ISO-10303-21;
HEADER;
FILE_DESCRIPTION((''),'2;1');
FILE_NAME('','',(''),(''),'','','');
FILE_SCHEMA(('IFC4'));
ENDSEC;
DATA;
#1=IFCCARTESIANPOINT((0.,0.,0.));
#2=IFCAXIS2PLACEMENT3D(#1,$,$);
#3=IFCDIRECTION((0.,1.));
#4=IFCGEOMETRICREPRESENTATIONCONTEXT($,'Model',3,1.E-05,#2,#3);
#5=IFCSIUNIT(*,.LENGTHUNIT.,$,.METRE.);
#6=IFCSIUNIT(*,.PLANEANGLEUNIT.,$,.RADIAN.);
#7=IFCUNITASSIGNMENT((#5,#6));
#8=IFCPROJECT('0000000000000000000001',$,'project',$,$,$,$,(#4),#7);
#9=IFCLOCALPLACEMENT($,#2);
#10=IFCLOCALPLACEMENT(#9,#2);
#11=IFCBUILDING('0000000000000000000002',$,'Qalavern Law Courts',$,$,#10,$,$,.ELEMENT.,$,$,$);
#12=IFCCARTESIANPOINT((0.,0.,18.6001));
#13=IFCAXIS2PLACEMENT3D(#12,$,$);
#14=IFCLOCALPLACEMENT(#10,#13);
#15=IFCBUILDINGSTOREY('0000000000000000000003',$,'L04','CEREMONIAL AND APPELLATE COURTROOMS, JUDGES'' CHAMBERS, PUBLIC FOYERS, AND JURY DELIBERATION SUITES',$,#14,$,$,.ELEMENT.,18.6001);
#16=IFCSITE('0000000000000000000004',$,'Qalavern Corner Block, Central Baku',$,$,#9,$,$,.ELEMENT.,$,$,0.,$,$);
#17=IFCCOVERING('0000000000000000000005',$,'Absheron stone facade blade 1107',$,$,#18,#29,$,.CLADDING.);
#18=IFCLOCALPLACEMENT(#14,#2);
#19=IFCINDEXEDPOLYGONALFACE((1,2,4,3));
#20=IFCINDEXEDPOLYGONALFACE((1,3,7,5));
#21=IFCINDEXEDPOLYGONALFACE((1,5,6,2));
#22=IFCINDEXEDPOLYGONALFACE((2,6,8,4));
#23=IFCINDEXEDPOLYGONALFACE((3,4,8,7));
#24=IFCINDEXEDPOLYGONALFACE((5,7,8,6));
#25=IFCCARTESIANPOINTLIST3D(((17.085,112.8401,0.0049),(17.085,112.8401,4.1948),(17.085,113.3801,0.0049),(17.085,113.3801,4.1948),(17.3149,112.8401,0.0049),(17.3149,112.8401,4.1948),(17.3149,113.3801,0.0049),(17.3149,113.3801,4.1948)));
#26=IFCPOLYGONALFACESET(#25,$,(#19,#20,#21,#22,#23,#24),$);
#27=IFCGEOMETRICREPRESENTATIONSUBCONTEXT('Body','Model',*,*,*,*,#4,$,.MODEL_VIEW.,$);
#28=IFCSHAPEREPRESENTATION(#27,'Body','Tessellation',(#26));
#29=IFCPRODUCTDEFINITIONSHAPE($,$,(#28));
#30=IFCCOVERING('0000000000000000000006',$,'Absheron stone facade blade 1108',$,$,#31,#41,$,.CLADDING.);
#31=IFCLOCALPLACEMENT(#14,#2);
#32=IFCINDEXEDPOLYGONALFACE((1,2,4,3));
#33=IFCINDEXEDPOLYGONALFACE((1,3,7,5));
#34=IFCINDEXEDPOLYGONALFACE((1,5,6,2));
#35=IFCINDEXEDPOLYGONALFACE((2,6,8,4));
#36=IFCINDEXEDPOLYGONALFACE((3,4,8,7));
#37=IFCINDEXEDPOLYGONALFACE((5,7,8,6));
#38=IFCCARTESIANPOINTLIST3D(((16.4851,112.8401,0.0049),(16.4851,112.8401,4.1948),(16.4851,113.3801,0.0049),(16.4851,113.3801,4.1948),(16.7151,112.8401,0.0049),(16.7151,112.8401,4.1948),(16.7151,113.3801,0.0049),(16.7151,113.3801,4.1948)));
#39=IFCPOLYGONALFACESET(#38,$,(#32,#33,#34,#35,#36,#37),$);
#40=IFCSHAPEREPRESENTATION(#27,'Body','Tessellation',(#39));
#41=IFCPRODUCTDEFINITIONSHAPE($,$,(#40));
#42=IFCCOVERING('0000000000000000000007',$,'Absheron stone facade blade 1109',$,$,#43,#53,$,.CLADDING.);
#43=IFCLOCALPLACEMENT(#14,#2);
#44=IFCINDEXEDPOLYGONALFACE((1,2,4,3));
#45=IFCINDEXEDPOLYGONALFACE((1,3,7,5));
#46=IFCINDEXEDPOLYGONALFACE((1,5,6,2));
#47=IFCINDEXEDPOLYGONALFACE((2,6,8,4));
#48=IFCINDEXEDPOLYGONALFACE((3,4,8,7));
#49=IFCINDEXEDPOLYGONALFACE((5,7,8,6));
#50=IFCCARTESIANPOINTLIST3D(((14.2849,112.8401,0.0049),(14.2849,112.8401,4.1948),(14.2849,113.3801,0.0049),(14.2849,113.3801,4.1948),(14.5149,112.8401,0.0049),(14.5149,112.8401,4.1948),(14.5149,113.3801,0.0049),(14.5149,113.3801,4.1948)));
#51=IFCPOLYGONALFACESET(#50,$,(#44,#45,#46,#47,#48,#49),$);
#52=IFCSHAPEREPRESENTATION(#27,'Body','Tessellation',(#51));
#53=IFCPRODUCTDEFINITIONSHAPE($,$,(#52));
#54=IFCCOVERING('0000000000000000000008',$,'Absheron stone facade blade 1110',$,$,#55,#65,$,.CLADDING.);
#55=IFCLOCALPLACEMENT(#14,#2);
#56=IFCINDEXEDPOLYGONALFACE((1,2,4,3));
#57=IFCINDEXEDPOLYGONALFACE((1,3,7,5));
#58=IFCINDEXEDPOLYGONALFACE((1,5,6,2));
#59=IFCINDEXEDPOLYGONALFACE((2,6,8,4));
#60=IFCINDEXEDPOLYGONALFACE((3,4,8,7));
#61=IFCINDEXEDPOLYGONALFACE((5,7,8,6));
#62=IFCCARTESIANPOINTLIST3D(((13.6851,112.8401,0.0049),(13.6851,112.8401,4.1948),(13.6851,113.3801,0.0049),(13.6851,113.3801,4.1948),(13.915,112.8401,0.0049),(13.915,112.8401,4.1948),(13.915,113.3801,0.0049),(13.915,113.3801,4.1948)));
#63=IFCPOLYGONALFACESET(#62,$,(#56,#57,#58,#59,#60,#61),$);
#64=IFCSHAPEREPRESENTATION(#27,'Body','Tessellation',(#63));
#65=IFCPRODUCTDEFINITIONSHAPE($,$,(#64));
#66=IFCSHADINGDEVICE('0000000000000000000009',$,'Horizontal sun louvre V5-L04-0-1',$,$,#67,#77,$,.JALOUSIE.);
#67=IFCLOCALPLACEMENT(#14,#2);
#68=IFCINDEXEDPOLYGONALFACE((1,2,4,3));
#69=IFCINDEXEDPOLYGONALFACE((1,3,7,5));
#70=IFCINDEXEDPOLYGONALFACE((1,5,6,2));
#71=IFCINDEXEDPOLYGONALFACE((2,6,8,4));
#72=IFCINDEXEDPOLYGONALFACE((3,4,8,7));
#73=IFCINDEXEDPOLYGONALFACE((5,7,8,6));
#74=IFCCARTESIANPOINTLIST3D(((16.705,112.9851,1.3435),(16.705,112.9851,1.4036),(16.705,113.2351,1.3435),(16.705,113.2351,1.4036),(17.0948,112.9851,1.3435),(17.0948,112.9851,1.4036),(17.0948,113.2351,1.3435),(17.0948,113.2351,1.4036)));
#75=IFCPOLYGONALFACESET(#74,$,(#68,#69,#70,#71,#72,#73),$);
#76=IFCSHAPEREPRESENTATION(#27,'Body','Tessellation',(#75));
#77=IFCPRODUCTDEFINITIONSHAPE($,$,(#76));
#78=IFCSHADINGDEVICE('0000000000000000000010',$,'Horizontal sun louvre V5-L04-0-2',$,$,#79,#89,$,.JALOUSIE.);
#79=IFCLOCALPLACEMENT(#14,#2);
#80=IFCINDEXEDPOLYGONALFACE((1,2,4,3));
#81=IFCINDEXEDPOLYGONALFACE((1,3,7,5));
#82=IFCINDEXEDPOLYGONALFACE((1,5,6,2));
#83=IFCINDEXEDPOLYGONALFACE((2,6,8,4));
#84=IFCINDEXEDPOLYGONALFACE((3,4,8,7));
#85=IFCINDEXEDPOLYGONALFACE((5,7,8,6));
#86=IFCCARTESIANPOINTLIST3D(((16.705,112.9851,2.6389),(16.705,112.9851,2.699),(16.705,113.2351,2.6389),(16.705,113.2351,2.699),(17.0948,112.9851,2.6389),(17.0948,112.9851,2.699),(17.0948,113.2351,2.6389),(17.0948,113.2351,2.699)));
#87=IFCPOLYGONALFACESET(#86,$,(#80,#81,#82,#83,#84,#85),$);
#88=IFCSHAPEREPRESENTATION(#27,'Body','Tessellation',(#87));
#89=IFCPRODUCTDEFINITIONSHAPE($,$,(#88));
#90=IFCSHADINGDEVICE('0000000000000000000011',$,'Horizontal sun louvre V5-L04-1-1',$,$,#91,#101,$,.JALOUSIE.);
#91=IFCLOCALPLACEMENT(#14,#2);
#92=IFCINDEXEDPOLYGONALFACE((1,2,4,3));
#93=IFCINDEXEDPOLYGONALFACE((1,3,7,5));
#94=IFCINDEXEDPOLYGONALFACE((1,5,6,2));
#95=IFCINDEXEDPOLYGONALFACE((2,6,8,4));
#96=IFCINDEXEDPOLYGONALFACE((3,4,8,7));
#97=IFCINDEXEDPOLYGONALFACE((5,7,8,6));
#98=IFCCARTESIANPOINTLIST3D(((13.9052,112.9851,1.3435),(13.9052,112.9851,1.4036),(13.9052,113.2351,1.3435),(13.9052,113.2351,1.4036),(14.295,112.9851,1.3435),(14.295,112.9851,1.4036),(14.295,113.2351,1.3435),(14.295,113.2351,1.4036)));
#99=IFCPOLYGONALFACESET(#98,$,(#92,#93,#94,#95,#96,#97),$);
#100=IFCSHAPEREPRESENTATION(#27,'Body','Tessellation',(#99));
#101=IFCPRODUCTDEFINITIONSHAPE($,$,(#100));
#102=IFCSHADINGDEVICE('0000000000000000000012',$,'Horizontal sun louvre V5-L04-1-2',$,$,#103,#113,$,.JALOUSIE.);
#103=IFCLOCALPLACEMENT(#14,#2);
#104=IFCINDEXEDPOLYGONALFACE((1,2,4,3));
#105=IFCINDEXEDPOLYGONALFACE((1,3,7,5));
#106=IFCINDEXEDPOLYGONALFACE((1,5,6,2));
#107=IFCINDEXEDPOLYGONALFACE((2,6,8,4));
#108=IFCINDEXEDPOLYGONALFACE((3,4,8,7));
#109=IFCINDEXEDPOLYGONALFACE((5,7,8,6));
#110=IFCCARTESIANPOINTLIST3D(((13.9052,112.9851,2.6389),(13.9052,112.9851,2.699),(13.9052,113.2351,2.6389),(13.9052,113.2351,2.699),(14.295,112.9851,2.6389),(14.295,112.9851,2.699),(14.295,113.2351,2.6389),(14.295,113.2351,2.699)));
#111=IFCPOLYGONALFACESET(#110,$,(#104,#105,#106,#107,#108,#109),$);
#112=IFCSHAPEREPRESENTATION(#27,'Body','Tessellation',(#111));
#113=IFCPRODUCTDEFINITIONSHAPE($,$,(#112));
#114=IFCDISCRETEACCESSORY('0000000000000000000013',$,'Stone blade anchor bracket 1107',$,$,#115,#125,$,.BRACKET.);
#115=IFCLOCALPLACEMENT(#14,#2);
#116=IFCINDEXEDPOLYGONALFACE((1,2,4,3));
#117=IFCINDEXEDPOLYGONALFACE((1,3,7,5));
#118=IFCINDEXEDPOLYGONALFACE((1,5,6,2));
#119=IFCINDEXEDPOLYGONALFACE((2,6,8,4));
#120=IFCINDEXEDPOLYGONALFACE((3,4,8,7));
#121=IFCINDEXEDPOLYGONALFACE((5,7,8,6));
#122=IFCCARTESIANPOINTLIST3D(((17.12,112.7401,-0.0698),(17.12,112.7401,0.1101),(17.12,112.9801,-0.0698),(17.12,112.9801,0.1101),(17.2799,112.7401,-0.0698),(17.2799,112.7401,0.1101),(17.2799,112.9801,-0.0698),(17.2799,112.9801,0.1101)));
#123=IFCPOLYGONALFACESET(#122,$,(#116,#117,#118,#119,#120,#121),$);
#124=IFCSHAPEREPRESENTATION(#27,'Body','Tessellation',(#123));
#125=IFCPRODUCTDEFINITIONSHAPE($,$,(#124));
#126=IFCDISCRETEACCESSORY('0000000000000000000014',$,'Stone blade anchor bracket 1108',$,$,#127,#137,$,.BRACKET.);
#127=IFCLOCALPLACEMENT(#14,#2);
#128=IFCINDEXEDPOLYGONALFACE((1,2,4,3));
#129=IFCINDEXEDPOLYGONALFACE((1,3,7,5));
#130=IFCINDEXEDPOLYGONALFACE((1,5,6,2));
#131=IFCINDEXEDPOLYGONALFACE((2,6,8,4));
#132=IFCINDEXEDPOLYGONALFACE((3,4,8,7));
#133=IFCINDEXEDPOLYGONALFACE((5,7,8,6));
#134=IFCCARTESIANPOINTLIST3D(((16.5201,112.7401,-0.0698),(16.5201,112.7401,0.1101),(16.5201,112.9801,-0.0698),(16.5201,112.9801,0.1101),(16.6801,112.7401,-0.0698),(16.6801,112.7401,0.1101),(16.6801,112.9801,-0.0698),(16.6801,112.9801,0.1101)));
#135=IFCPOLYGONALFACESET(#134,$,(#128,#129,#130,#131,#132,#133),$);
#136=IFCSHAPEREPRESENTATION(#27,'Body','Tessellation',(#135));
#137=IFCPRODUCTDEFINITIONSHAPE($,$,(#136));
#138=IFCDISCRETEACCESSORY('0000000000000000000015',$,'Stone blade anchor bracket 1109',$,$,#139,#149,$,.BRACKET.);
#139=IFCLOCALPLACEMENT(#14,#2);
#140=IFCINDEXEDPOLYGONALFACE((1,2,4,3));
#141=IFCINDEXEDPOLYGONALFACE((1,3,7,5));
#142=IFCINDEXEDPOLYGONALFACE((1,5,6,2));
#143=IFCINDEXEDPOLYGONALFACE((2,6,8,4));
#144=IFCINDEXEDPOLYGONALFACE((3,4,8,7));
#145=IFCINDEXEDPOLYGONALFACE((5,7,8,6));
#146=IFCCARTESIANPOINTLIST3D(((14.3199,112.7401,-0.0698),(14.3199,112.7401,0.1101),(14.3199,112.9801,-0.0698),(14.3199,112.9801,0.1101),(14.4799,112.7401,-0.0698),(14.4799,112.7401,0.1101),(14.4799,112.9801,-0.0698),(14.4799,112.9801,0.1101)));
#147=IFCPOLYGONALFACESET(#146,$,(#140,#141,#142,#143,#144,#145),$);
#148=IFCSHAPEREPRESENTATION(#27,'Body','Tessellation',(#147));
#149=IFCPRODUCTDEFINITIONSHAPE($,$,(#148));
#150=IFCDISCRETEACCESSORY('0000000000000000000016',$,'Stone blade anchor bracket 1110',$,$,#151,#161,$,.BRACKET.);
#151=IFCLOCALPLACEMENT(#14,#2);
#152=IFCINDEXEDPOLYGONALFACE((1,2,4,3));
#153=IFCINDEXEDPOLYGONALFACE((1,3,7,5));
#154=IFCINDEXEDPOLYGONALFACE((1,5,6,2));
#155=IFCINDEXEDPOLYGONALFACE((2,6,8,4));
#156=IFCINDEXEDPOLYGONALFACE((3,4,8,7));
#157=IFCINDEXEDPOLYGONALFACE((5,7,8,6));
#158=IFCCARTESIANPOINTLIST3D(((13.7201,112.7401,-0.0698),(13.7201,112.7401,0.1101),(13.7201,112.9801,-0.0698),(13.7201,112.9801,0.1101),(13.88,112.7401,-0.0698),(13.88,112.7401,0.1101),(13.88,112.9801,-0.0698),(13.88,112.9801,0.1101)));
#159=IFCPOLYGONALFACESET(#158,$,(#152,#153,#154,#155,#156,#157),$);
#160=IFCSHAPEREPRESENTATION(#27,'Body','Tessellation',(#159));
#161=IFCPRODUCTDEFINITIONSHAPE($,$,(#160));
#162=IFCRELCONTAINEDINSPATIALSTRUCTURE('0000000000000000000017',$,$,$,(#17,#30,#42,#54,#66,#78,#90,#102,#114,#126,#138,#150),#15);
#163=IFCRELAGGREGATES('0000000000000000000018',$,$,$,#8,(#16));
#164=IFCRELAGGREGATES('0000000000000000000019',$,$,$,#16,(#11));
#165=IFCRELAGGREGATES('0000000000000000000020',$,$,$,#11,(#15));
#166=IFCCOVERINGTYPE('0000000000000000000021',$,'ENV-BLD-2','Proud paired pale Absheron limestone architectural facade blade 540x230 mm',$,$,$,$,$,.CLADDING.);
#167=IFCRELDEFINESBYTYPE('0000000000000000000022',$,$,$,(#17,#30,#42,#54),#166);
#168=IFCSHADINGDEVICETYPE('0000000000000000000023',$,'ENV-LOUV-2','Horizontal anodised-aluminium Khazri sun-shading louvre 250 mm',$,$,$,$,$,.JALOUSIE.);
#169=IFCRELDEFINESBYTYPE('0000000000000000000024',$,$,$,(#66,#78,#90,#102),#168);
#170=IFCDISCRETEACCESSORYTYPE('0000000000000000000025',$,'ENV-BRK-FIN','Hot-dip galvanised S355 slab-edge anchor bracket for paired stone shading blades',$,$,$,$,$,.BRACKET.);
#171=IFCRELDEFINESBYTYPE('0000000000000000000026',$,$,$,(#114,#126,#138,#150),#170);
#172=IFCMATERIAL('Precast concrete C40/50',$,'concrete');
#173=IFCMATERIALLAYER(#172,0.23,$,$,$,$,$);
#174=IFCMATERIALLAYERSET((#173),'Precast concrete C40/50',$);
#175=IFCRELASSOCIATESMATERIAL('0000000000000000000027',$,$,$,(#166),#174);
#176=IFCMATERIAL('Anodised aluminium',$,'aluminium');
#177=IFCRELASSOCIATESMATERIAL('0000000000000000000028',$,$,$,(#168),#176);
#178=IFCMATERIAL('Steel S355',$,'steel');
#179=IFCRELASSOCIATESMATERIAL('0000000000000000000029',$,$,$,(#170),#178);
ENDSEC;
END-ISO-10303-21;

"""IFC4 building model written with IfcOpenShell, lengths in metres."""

from ifc_helpers import new_model, si_unit, direction, frame, origin, origin_2d, place, context, subcontext, project, spatial, rectangle, extrude, material, layer, layer_set, type_object, element, save


model = new_model("IFC4")

# Units and contexts
model_context = context("Model", 3, precision=1e-05, world=origin(), true_north=direction((0.0, 1.0)))
body_context = subcontext(model_context, "Body", "Model", "MODEL_VIEW")
ifc_project = project(units=[si_unit("LENGTHUNIT", "METRE"), si_unit("PLANEANGLEUNIT", "RADIAN")], contexts=[model_context])

# Site, building, storey
site_placement = place(None, origin())
site = spatial("IfcSite", under=ifc_project, at=site_placement, Name="Qalavern Corner Block, Central Baku", CompositionType="ELEMENT", RefElevation=0.0)
building_placement = place(site_placement, origin())
building = spatial("IfcBuilding", under=site, at=building_placement, Name="Qalavern Law Courts", CompositionType="ELEMENT")
storey_placement = place(building_placement, frame((0.0, 0.0, 18.6001)))
storey = spatial("IfcBuildingStorey", under=building, at=storey_placement, Name="L04", Description="CEREMONIAL AND APPELLATE COURTROOMS, JUDGES' CHAMBERS, PUBLIC FOYERS, AND JURY DELIBERATION SUITES", CompositionType="ELEMENT", Elevation=18.6001)

# Shared definitions
ifc_material_1 = material(Name="Anodised aluminium", Category="aluminium")

# Coverings
ifc_material_2 = material(Name="Precast concrete C40/50", Category="concrete")
ifc_layer_1 = layer(ifc_material_2, 0.23)
ifc_layer_set_1 = layer_set([ifc_layer_1], Name="Precast concrete C40/50")
covering_type = type_object("IfcCoveringType", Name="ENV-BLD-2", Description="Proud paired pale Absheron limestone architectural facade blade 540x230 mm", PredefinedType="CLADDING", material=ifc_layer_set_1)
for number, where, z_axis, x_axis, name in (
    (1, (17.2, 113.1101, 0.0049), (0.0, 0.0, 1.0), (0.0, 1.0, 0.0), "Absheron stone facade blade 1107"),
    (2, (16.6001, 113.1101, 0.0049), (0.0, 0.0, 1.0), (0.0, 1.0, 0.0), "Absheron stone facade blade 1108"),
    (3, (14.3999, 113.1101, 0.0049), (0.0, 0.0, 1.0), (0.0, 1.0, 0.0), "Absheron stone facade blade 1109"),
    (4, (13.8, 113.1101, 0.0049), (0.0, 0.0, 1.0), (0.0, 1.0, 0.0), "Absheron stone facade blade 1110"),
):
    element("IfcCovering", number, at=place(storey_placement, frame(where, z_axis=z_axis, x_axis=x_axis)), inside=storey, type_object=covering_type, Name=name, PredefinedType="CLADDING", context=body_context, shape_type="SweptSolid", body=[
        extrude(rectangle(XDim=0.54, YDim=0.23, at=origin_2d()), origin(), (0.0, 0.0, 1.0), 4.1899),
    ])

# Shading devices
shading_device_type = type_object("IfcShadingDeviceType", Name="ENV-LOUV-2", Description="Horizontal anodised-aluminium Khazri sun-shading louvre 250 mm", PredefinedType="JALOUSIE", material=ifc_material_1)
for number, where, z_axis, x_axis, name in (
    (5, (16.8999, 113.1101, 1.3435), (0.0, 0.0, 1.0), (-1.0, 0.0, 0.0), "Horizontal sun louvre V5-L04-0-1"),
    (6, (16.8999, 113.1101, 2.6389), (0.0, 0.0, 1.0), (-1.0, 0.0, 0.0), "Horizontal sun louvre V5-L04-0-2"),
    (7, (14.1001, 113.1101, 1.3435), (0.0, 0.0, 1.0), (-1.0, 0.0, 0.0), "Horizontal sun louvre V5-L04-1-1"),
    (8, (14.1001, 113.1101, 2.6389), (0.0, 0.0, 1.0), (-1.0, 0.0, 0.0), "Horizontal sun louvre V5-L04-1-2"),
):
    element("IfcShadingDevice", number, at=place(storey_placement, frame(where, z_axis=z_axis, x_axis=x_axis)), inside=storey, type_object=shading_device_type, Name=name, PredefinedType="JALOUSIE", context=body_context, shape_type="SweptSolid", body=[
        extrude(rectangle(XDim=0.3899, YDim=0.25, at=origin_2d()), origin(), (0.0, 0.0, 1.0), 0.0601),
    ])

# Discrete accessories
ifc_material_3 = material(Name="Steel S355", Category="steel")
discrete_accessory_type = type_object("IfcDiscreteAccessoryType", Name="ENV-BRK-FIN", Description="Hot-dip galvanised S355 slab-edge anchor bracket for paired stone shading blades", PredefinedType="BRACKET", material=ifc_material_3)
for number, where, z_axis, x_axis, name in (
    (9, (17.2, 112.8601, -0.0698), (0.0, 0.0, 1.0), (0.0, 1.0, 0.0), "Stone blade anchor bracket 1107"),
    (10, (16.6001, 112.8601, -0.0698), (0.0, 0.0, 1.0), (0.0, 1.0, 0.0), "Stone blade anchor bracket 1108"),
    (11, (14.3999, 112.8601, -0.0698), (0.0, 0.0, 1.0), (0.0, 1.0, 0.0), "Stone blade anchor bracket 1109"),
    (12, (13.8, 112.8601, -0.0698), (0.0, 0.0, 1.0), (0.0, 1.0, 0.0), "Stone blade anchor bracket 1110"),
):
    element("IfcDiscreteAccessory", number, at=place(storey_placement, frame(where, z_axis=z_axis, x_axis=x_axis)), inside=storey, type_object=discrete_accessory_type, Name=name, PredefinedType="BRACKET", context=body_context, shape_type="SweptSolid", body=[
        extrude(rectangle(XDim=0.24, YDim=0.1599, at=origin_2d()), origin(), (0.0, 0.0, 1.0), 0.1799),
    ])

save(model, "model.ifc")
